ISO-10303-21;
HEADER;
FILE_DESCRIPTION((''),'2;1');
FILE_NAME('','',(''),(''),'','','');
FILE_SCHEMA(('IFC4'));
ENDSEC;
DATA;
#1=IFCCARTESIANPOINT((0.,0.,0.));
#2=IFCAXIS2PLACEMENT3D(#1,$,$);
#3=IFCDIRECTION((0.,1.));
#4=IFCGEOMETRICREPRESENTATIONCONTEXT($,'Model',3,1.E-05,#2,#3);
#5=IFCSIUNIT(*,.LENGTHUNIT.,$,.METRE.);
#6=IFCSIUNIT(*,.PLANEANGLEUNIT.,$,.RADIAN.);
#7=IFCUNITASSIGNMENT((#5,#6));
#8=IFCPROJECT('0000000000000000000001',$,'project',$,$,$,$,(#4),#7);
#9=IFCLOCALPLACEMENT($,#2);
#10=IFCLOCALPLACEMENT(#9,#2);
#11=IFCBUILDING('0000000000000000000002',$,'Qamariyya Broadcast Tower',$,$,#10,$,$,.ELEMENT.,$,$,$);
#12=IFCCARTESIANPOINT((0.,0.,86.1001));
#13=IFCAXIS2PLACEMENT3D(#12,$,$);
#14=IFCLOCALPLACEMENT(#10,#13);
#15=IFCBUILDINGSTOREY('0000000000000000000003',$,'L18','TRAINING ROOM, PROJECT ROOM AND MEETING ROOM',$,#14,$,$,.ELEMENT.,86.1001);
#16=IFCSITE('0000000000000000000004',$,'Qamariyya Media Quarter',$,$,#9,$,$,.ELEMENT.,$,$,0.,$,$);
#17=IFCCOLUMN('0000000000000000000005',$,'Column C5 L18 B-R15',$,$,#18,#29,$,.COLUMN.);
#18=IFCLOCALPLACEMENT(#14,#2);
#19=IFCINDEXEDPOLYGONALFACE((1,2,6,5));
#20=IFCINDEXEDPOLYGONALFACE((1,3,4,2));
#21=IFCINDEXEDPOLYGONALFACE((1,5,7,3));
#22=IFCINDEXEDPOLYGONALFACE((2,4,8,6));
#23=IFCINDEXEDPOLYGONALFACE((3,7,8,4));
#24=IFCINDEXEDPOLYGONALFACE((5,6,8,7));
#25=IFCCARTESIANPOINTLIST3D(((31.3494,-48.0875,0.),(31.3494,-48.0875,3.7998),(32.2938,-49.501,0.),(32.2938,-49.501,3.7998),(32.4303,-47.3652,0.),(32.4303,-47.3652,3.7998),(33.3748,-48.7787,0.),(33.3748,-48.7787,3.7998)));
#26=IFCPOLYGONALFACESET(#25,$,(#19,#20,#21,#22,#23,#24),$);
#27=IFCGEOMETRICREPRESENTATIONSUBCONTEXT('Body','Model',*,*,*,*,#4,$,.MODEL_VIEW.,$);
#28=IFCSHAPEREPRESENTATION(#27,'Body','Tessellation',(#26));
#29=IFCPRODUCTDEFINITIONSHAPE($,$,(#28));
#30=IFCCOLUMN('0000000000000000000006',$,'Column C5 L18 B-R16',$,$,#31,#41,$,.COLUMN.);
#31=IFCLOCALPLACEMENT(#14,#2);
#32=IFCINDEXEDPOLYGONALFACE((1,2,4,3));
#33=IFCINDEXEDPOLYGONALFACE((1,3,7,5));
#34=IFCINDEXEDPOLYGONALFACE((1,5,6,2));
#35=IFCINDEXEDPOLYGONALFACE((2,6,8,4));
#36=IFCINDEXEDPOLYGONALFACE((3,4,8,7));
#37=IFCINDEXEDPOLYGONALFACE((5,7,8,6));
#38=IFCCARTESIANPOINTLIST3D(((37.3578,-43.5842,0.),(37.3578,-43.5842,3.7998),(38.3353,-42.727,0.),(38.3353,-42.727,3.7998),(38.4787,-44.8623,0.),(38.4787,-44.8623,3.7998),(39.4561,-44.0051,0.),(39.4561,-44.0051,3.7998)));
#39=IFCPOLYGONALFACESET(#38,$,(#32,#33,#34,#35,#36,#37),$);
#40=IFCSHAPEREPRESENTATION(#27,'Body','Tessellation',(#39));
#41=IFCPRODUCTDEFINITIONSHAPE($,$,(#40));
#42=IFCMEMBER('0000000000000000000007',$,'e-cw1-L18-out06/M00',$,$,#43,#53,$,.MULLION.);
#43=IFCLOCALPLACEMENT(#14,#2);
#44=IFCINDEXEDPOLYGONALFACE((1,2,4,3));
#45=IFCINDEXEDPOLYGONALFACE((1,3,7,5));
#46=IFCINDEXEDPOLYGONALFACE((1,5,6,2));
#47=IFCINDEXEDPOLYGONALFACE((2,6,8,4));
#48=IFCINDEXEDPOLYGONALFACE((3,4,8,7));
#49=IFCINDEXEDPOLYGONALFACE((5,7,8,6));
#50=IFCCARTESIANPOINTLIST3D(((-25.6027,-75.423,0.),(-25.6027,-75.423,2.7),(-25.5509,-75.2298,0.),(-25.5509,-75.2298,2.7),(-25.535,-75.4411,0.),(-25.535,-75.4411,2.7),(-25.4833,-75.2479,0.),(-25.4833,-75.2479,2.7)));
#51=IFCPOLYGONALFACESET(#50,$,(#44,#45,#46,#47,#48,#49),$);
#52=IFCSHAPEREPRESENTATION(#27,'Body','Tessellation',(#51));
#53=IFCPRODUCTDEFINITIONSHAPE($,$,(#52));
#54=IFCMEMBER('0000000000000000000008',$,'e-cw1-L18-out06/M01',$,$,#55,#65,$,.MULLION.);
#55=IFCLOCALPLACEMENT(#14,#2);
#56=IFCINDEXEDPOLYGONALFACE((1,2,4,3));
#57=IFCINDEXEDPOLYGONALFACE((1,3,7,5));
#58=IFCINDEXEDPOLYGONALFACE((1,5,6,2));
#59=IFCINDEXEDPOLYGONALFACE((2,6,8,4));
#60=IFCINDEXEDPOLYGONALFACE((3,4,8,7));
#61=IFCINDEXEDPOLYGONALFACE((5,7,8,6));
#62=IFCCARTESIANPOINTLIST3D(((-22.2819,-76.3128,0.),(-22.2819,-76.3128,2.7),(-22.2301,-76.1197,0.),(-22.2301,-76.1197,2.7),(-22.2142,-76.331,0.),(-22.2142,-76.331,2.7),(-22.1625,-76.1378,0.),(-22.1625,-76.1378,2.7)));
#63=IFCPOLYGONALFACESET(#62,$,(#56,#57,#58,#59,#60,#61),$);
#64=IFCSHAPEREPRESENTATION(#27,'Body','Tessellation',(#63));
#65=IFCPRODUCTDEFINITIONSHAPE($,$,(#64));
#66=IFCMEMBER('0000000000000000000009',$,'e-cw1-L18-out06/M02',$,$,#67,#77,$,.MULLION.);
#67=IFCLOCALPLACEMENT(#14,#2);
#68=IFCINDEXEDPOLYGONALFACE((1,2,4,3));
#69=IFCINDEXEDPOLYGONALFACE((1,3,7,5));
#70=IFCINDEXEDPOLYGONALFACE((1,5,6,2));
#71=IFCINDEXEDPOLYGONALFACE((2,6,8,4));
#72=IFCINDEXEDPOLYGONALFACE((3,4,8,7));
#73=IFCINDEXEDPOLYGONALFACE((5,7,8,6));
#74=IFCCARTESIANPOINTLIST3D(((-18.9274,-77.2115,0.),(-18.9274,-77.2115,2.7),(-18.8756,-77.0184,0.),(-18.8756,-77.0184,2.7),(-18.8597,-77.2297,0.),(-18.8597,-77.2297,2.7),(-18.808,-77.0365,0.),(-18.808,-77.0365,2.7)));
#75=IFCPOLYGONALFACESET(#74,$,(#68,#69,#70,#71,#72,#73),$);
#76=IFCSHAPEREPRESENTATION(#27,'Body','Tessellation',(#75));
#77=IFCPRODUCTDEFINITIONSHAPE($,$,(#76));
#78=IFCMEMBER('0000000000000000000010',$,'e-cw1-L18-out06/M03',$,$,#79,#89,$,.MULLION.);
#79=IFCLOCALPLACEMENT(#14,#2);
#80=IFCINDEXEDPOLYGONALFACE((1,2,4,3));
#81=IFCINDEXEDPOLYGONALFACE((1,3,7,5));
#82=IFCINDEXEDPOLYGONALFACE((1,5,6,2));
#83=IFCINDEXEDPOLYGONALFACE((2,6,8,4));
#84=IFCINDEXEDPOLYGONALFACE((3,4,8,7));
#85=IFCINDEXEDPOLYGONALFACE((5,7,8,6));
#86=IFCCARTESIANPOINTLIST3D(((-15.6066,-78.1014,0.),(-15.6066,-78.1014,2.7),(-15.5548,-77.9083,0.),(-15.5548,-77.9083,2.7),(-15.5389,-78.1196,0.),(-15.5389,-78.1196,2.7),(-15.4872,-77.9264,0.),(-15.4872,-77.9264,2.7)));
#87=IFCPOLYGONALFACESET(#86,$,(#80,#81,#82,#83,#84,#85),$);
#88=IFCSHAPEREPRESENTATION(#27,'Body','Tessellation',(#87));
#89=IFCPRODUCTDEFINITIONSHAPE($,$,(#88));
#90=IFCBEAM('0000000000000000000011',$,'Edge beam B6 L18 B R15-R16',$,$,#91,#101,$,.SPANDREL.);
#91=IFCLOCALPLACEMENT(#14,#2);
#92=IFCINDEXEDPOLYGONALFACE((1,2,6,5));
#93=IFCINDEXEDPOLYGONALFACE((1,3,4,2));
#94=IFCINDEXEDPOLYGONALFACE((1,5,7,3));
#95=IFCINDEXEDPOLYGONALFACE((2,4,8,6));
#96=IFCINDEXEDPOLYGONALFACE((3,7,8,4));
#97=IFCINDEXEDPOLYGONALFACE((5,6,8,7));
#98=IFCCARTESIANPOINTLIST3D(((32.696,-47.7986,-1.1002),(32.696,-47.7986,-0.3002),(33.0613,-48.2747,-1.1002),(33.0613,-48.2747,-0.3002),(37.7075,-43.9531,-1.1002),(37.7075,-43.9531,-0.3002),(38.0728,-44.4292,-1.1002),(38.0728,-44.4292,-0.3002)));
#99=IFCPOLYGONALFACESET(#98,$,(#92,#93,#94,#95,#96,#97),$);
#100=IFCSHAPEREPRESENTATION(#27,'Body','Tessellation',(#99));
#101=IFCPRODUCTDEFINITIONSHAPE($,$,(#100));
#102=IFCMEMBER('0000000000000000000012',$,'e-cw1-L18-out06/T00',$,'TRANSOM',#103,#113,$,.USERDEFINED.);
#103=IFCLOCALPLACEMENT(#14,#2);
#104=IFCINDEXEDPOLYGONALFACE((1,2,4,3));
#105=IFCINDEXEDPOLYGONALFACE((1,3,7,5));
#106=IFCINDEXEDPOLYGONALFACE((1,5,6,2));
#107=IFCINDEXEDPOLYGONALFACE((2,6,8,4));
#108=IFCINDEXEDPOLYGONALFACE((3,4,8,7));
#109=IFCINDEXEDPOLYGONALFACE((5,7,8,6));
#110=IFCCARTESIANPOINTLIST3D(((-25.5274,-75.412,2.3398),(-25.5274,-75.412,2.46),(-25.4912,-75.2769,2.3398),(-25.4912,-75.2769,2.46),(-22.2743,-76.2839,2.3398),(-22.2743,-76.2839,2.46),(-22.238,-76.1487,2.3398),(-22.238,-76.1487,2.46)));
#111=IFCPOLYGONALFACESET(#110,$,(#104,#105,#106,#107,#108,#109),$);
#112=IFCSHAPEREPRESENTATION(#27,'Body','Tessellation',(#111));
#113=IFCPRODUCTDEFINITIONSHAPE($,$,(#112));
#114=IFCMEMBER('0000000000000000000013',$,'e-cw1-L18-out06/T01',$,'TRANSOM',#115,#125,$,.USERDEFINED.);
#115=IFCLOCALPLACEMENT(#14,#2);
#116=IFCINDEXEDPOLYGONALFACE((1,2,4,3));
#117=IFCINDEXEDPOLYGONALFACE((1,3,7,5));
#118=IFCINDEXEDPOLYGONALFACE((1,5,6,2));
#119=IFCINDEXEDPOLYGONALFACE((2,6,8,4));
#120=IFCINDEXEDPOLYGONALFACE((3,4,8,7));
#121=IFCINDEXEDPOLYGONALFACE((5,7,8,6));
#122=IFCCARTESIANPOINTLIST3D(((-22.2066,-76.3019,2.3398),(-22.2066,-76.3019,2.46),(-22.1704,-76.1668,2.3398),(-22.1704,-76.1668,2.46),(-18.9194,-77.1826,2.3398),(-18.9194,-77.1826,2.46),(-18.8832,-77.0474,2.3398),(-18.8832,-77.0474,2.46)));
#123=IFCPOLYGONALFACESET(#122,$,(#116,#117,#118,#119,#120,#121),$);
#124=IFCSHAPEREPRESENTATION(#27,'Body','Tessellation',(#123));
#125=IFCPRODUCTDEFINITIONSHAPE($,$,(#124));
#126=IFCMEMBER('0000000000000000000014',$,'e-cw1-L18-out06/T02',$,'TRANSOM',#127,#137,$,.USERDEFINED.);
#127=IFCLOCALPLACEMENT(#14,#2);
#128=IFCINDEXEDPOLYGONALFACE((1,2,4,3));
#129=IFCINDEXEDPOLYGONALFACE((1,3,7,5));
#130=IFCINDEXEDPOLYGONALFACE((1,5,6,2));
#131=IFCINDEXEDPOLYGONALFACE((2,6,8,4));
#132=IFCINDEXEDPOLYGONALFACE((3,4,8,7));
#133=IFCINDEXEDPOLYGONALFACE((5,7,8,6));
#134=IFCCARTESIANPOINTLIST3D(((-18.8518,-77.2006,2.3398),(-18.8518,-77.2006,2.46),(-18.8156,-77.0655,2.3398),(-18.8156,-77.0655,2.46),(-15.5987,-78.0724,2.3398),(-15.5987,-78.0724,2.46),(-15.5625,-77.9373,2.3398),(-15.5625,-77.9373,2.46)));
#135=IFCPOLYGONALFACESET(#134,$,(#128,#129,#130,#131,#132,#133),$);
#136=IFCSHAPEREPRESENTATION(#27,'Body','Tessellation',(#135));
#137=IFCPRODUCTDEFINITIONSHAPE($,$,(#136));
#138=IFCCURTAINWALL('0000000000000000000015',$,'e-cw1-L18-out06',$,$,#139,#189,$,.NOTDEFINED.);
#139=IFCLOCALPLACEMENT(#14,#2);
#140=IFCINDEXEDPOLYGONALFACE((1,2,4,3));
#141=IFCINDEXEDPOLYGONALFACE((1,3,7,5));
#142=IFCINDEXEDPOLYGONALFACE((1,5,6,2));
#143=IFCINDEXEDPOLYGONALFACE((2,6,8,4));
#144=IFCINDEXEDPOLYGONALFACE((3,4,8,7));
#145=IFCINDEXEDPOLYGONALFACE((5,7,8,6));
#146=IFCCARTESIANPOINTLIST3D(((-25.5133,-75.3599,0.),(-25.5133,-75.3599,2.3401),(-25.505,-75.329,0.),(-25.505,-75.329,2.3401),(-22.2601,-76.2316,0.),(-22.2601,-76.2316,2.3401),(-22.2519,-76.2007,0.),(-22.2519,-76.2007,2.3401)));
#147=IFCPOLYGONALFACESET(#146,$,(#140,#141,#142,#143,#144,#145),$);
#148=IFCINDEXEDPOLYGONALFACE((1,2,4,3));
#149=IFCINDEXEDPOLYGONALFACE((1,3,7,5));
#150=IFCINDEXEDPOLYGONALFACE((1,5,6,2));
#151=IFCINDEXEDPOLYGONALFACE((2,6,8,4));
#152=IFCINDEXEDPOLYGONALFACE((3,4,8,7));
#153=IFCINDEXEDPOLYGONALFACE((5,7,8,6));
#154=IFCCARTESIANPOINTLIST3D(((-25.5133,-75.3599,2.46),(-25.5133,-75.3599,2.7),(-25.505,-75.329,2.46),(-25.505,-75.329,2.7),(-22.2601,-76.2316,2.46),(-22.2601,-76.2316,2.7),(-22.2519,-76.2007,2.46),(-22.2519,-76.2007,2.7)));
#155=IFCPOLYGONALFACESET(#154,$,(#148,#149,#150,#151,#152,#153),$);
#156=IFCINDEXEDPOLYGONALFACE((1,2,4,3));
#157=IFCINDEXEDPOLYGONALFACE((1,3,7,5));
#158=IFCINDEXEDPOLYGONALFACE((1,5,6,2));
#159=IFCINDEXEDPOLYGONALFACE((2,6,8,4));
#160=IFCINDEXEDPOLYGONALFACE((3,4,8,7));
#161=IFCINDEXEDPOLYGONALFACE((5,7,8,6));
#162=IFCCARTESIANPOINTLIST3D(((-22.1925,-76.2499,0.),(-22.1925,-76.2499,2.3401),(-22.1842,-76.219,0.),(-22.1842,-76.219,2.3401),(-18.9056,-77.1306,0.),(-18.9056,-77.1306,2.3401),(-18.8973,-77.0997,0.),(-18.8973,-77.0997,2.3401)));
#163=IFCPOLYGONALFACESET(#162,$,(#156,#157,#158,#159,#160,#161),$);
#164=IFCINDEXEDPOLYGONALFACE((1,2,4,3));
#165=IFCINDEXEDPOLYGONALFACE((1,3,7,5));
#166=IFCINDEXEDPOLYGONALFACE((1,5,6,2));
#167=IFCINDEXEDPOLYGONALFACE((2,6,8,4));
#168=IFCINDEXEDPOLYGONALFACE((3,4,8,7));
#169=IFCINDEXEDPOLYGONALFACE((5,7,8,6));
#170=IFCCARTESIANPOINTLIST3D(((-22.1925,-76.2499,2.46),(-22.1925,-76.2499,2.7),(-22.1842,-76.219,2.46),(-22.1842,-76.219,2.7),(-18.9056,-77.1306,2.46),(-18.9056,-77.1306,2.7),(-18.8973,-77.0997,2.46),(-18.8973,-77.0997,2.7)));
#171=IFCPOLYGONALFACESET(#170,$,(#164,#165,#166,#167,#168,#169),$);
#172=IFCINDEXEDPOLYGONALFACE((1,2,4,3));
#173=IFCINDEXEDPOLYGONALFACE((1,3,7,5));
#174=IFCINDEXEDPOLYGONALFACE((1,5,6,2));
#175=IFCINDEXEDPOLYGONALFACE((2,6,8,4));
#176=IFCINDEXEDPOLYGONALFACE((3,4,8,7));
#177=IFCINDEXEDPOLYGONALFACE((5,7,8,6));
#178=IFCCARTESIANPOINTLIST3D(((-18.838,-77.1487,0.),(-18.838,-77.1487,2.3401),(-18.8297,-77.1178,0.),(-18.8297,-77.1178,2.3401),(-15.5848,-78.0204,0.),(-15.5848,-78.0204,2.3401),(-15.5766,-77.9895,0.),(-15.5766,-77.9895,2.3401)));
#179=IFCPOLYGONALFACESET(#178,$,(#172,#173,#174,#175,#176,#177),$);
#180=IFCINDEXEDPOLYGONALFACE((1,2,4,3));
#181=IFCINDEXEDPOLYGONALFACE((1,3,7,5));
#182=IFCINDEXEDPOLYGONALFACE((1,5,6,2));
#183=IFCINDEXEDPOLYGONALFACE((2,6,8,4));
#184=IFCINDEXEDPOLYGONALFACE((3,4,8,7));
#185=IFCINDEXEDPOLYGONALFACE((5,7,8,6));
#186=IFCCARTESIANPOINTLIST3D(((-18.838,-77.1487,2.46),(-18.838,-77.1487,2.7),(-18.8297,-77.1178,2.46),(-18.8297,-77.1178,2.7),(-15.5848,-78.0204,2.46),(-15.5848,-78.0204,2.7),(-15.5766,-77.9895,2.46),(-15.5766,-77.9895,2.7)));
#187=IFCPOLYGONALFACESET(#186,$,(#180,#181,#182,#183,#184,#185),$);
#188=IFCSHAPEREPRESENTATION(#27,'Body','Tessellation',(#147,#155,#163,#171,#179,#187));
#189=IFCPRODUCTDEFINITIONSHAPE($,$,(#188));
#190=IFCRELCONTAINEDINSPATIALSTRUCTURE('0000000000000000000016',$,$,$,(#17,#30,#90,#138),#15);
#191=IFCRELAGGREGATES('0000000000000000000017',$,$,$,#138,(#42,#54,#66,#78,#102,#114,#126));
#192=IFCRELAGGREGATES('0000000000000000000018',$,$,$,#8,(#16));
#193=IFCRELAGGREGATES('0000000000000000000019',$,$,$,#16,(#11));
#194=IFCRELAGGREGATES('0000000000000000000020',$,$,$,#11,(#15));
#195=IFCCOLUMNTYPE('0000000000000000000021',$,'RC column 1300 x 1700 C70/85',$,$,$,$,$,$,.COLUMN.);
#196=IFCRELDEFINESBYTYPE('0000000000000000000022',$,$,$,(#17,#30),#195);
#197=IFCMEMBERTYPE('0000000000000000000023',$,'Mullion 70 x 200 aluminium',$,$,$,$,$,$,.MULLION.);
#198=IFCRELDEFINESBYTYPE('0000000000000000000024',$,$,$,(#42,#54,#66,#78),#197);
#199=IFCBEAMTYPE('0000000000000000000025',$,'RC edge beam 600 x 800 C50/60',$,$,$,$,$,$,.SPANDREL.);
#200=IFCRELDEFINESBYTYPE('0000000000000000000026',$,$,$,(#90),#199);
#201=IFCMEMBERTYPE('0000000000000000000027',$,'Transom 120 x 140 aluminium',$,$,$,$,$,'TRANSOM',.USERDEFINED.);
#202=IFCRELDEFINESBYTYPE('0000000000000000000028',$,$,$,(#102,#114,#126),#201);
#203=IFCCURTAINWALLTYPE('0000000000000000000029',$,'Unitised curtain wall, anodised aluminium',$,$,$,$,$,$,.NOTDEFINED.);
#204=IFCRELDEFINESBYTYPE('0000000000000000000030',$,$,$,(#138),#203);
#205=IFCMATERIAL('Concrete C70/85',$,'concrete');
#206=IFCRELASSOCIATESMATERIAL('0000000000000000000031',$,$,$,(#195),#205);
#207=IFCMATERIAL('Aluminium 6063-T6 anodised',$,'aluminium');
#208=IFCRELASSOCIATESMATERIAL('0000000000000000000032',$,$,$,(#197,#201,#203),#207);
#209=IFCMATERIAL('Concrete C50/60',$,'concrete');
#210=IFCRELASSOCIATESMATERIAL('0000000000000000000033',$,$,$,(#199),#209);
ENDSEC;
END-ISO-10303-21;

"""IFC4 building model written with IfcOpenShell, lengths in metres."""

from ifc_helpers import new_model, si_unit, direction, frame, origin, origin_2d, place, context, subcontext, project, spatial, rectangle, extrude, material, material_profile, profile_set, type_object, element, aggregate, save


model = new_model("IFC4")

# Units and contexts
model_context = context("Model", 3, precision=1e-05, world=origin(), true_north=direction((0.0, 1.0)))
body_context = subcontext(model_context, "Body", "Model", "MODEL_VIEW")
ifc_project = project(units=[si_unit("LENGTHUNIT", "METRE"), si_unit("PLANEANGLEUNIT", "RADIAN")], contexts=[model_context])

# Site, building, storey
site_placement = place(None, origin())
site = spatial("IfcSite", under=ifc_project, at=site_placement, Name="Qamariyya Media Quarter", CompositionType="ELEMENT", RefElevation=0.0)
building_placement = place(site_placement, origin())
building = spatial("IfcBuilding", under=site, at=building_placement, Name="Qamariyya Broadcast Tower", CompositionType="ELEMENT")
storey_placement = place(building_placement, frame((0.0, 0.0, 86.1001)))
storey = spatial("IfcBuildingStorey", under=building, at=storey_placement, Name="L18", Description="TRAINING ROOM, PROJECT ROOM AND MEETING ROOM", CompositionType="ELEMENT", Elevation=86.1001)

# Columns
ifc_material_1 = material(Name="Concrete C70/85", Category="concrete")
ifc_material_profile_1 = material_profile(ifc_material_1, rectangle(XDim=1.3, YDim=1.7, at=origin_2d()))
ifc_profile_set_1 = profile_set([ifc_material_profile_1], Name="Concrete C70/85")
column_type = type_object("IfcColumnType", Name="RC column 1300 x 1700 C70/85", PredefinedType="COLUMN", material=ifc_profile_set_1)
for number, where, z_axis, x_axis, name in (
    (1, (32.3621, -48.4331, 0.0), (0.0, 0.0, 1.0), (0.83147, 0.55557, 0.0), "Column C5 L18 B-R15"),
    (2, (38.407, -43.7947, 0.0), (0.0, 0.0, 1.0), (0.75184, 0.659346, 0.0), "Column C5 L18 B-R16"),
):
    element("IfcColumn", number, at=place(storey_placement, frame(where, z_axis=z_axis, x_axis=x_axis)), inside=storey, type_object=column_type, Name=name, PredefinedType="COLUMN", context=body_context, shape_type="SweptSolid", body=[
        extrude(rectangle(XDim=1.3, YDim=1.7, at=origin_2d()), origin(), (0.0, 0.0, 1.0), 3.7998),
    ])

# Members
ifc_material_2 = material(Name="Aluminium 6063-T6 anodised", Category="aluminium")
ifc_material_profile_2 = material_profile(ifc_material_2, rectangle(XDim=0.2, YDim=0.0701, at=origin_2d()))
ifc_profile_set_2 = profile_set([ifc_material_profile_2], Name="Aluminium 6063-T6 anodised")
member_type_1 = type_object("IfcMemberType", Name="Mullion 70 x 200 aluminium", PredefinedType="MULLION", material=ifc_profile_set_2)
member_1_placement = place(storey_placement, frame((-25.543, -75.3354, 0.0), z_axis=(0.0, 0.0, 1.0), x_axis=(0.258819, 0.965926, 0.0)))
member_1 = element("IfcMember", 3, at=member_1_placement, type_object=member_type_1, Name="e-cw1-L18-out06/M00", PredefinedType="MULLION", context=body_context, shape_type="SweptSolid", body=[
    extrude(rectangle(XDim=0.2, YDim=0.0701, at=origin_2d()), origin(), (0.0, 0.0, 1.0), 2.7),
])
member_2_placement = place(storey_placement, frame((-22.2222, -76.2253, 0.0), z_axis=(0.0, 0.0, 1.0), x_axis=(0.258819, 0.965926, 0.0)))
member_2 = element("IfcMember", 4, at=member_2_placement, type_object=member_type_1, Name="e-cw1-L18-out06/M01", PredefinedType="MULLION", context=body_context, shape_type="SweptSolid", body=[
    extrude(rectangle(XDim=0.2, YDim=0.0701, at=origin_2d()), origin(), (0.0, 0.0, 1.0), 2.7),
])
member_3_placement = place(storey_placement, frame((-18.8677, -77.124, 0.0), z_axis=(0.0, 0.0, 1.0), x_axis=(0.258819, 0.965926, 0.0)))
member_3 = element("IfcMember", 5, at=member_3_placement, type_object=member_type_1, Name="e-cw1-L18-out06/M02", PredefinedType="MULLION", context=body_context, shape_type="SweptSolid", body=[
    extrude(rectangle(XDim=0.2, YDim=0.0701, at=origin_2d()), origin(), (0.0, 0.0, 1.0), 2.7),
])
member_4_placement = place(storey_placement, frame((-15.5469, -78.0139, 0.0), z_axis=(0.0, 0.0, 1.0), x_axis=(0.258819, 0.965926, 0.0)))
member_4 = element("IfcMember", 6, at=member_4_placement, type_object=member_type_1, Name="e-cw1-L18-out06/M03", PredefinedType="MULLION", context=body_context, shape_type="SweptSolid", body=[
    extrude(rectangle(XDim=0.2, YDim=0.0701, at=origin_2d()), origin(), (0.0, 0.0, 1.0), 2.7),
])

# Beam
ifc_material_3 = material(Name="Concrete C50/60", Category="concrete")
ifc_material_profile_3 = material_profile(ifc_material_3, rectangle(XDim=0.6001, YDim=0.8, at=origin_2d()))
ifc_profile_set_3 = profile_set([ifc_material_profile_3], Name="Concrete C50/60")
beam_type_1 = type_object("IfcBeamType", Name="RC edge beam 600 x 800 C50/60", PredefinedType="SPANDREL", material=ifc_profile_set_3)
beam_1_placement = place(storey_placement, frame((32.8787, -48.0366, -0.7002), z_axis=(0.793352, 0.608763, 0.0), x_axis=(-0.608763, 0.793352, 0.0)))
element("IfcBeam", 7, at=beam_1_placement, inside=storey, type_object=beam_type_1, Name="Edge beam B6 L18 B R15-R16", PredefinedType="SPANDREL", context=body_context, shape_type="SweptSolid", body=[
    extrude(rectangle(XDim=0.6001, YDim=0.8, at=origin_2d()), origin(), (0.0, 0.0, 1.0), 6.3169),
])

# Members
ifc_material_profile_4 = material_profile(ifc_material_2, rectangle(XDim=0.1399, YDim=0.1201, at=origin_2d()))
ifc_profile_set_4 = profile_set([ifc_material_profile_4], Name="Aluminium 6063-T6 anodised")
member_type_2 = type_object("IfcMemberType", Name="Transom 120 x 140 aluminium", ElementType="TRANSOM", PredefinedType="USERDEFINED", material=ifc_profile_set_4)
member_5_placement = place(storey_placement, frame((-25.5093, -75.3445, 2.3999), z_axis=(0.965915, -0.258858, 0.0), x_axis=(0.258858, 0.965915, 0.0)))
member_5 = element("IfcMember", 8, at=member_5_placement, type_object=member_type_2, Name="e-cw1-L18-out06/T00", ObjectType="TRANSOM", PredefinedType="USERDEFINED", context=body_context, shape_type="SweptSolid", body=[
    extrude(rectangle(XDim=0.1399, YDim=0.1201, at=origin_2d()), origin(), (0.0, 0.0, 1.0), 3.3679),
])
member_6_placement = place(storey_placement, frame((-22.1885, -76.2344, 2.3999), z_axis=(0.965938, -0.258774, 0.0), x_axis=(0.258774, 0.965938, 0.0)))
member_6 = element("IfcMember", 9, at=member_6_placement, type_object=member_type_2, Name="e-cw1-L18-out06/T01", ObjectType="TRANSOM", PredefinedType="USERDEFINED", context=body_context, shape_type="SweptSolid", body=[
    extrude(rectangle(XDim=0.1399, YDim=0.1201, at=origin_2d()), origin(), (0.0, 0.0, 1.0), 3.4031),
])
member_7_placement = place(storey_placement, frame((-18.8337, -77.1331, 2.3999), z_axis=(0.965915, -0.258858, 0.0), x_axis=(0.258858, 0.965915, 0.0)))
member_7 = element("IfcMember", 10, at=member_7_placement, type_object=member_type_2, Name="e-cw1-L18-out06/T02", ObjectType="TRANSOM", PredefinedType="USERDEFINED", context=body_context, shape_type="SweptSolid", body=[
    extrude(rectangle(XDim=0.1399, YDim=0.1201, at=origin_2d()), origin(), (0.0, 0.0, 1.0), 3.3679),
])

# Curtain wall
curtain_wall_type = type_object("IfcCurtainWallType", Name="Unitised curtain wall, anodised aluminium", PredefinedType="NOTDEFINED", material=ifc_material_2)
curtain_wall_placement = place(storey_placement, origin())
curtain_wall = element("IfcCurtainWall", 11, at=curtain_wall_placement, inside=storey, type_object=curtain_wall_type, Name="e-cw1-L18-out06", PredefinedType="NOTDEFINED", context=body_context, shape_type="SweptSolid", body=[
    extrude(rectangle(XDim=3.3679, YDim=0.032, at=origin_2d()), frame((-23.8826, -75.7803, 0.0), x_axis=(0.965925, -0.258822, 0.0)), (0.0, 0.0, 1.0), 2.3401),
    extrude(rectangle(XDim=3.3679, YDim=0.032, at=origin_2d()), frame((-23.8826, -75.7803, 2.46), x_axis=(0.965925, -0.258822, 0.0)), (0.0, 0.0, 1.0), 0.24),
    extrude(rectangle(XDim=3.4028, YDim=0.032, at=origin_2d()), frame((-20.5449, -76.6748, 0.0), x_axis=(0.965925, -0.258822, 0.0)), (0.0, 0.0, 1.0), 2.3401),
    extrude(rectangle(XDim=3.4028, YDim=0.032, at=origin_2d()), frame((-20.5449, -76.6748, 2.46), x_axis=(0.965925, -0.258822, 0.0)), (0.0, 0.0, 1.0), 0.24),
    extrude(rectangle(XDim=3.3679, YDim=0.032, at=origin_2d()), frame((-17.2073, -77.5691, 0.0), x_axis=(0.965925, -0.258822, 0.0)), (0.0, 0.0, 1.0), 2.3401),
    extrude(rectangle(XDim=3.3679, YDim=0.032, at=origin_2d()), frame((-17.2073, -77.5691, 2.46), x_axis=(0.965925, -0.258822, 0.0)), (0.0, 0.0, 1.0), 0.24),
])
aggregate(curtain_wall, [member_1, member_2, member_3, member_4, member_5, member_6, member_7])

save(model, "model.ifc")
